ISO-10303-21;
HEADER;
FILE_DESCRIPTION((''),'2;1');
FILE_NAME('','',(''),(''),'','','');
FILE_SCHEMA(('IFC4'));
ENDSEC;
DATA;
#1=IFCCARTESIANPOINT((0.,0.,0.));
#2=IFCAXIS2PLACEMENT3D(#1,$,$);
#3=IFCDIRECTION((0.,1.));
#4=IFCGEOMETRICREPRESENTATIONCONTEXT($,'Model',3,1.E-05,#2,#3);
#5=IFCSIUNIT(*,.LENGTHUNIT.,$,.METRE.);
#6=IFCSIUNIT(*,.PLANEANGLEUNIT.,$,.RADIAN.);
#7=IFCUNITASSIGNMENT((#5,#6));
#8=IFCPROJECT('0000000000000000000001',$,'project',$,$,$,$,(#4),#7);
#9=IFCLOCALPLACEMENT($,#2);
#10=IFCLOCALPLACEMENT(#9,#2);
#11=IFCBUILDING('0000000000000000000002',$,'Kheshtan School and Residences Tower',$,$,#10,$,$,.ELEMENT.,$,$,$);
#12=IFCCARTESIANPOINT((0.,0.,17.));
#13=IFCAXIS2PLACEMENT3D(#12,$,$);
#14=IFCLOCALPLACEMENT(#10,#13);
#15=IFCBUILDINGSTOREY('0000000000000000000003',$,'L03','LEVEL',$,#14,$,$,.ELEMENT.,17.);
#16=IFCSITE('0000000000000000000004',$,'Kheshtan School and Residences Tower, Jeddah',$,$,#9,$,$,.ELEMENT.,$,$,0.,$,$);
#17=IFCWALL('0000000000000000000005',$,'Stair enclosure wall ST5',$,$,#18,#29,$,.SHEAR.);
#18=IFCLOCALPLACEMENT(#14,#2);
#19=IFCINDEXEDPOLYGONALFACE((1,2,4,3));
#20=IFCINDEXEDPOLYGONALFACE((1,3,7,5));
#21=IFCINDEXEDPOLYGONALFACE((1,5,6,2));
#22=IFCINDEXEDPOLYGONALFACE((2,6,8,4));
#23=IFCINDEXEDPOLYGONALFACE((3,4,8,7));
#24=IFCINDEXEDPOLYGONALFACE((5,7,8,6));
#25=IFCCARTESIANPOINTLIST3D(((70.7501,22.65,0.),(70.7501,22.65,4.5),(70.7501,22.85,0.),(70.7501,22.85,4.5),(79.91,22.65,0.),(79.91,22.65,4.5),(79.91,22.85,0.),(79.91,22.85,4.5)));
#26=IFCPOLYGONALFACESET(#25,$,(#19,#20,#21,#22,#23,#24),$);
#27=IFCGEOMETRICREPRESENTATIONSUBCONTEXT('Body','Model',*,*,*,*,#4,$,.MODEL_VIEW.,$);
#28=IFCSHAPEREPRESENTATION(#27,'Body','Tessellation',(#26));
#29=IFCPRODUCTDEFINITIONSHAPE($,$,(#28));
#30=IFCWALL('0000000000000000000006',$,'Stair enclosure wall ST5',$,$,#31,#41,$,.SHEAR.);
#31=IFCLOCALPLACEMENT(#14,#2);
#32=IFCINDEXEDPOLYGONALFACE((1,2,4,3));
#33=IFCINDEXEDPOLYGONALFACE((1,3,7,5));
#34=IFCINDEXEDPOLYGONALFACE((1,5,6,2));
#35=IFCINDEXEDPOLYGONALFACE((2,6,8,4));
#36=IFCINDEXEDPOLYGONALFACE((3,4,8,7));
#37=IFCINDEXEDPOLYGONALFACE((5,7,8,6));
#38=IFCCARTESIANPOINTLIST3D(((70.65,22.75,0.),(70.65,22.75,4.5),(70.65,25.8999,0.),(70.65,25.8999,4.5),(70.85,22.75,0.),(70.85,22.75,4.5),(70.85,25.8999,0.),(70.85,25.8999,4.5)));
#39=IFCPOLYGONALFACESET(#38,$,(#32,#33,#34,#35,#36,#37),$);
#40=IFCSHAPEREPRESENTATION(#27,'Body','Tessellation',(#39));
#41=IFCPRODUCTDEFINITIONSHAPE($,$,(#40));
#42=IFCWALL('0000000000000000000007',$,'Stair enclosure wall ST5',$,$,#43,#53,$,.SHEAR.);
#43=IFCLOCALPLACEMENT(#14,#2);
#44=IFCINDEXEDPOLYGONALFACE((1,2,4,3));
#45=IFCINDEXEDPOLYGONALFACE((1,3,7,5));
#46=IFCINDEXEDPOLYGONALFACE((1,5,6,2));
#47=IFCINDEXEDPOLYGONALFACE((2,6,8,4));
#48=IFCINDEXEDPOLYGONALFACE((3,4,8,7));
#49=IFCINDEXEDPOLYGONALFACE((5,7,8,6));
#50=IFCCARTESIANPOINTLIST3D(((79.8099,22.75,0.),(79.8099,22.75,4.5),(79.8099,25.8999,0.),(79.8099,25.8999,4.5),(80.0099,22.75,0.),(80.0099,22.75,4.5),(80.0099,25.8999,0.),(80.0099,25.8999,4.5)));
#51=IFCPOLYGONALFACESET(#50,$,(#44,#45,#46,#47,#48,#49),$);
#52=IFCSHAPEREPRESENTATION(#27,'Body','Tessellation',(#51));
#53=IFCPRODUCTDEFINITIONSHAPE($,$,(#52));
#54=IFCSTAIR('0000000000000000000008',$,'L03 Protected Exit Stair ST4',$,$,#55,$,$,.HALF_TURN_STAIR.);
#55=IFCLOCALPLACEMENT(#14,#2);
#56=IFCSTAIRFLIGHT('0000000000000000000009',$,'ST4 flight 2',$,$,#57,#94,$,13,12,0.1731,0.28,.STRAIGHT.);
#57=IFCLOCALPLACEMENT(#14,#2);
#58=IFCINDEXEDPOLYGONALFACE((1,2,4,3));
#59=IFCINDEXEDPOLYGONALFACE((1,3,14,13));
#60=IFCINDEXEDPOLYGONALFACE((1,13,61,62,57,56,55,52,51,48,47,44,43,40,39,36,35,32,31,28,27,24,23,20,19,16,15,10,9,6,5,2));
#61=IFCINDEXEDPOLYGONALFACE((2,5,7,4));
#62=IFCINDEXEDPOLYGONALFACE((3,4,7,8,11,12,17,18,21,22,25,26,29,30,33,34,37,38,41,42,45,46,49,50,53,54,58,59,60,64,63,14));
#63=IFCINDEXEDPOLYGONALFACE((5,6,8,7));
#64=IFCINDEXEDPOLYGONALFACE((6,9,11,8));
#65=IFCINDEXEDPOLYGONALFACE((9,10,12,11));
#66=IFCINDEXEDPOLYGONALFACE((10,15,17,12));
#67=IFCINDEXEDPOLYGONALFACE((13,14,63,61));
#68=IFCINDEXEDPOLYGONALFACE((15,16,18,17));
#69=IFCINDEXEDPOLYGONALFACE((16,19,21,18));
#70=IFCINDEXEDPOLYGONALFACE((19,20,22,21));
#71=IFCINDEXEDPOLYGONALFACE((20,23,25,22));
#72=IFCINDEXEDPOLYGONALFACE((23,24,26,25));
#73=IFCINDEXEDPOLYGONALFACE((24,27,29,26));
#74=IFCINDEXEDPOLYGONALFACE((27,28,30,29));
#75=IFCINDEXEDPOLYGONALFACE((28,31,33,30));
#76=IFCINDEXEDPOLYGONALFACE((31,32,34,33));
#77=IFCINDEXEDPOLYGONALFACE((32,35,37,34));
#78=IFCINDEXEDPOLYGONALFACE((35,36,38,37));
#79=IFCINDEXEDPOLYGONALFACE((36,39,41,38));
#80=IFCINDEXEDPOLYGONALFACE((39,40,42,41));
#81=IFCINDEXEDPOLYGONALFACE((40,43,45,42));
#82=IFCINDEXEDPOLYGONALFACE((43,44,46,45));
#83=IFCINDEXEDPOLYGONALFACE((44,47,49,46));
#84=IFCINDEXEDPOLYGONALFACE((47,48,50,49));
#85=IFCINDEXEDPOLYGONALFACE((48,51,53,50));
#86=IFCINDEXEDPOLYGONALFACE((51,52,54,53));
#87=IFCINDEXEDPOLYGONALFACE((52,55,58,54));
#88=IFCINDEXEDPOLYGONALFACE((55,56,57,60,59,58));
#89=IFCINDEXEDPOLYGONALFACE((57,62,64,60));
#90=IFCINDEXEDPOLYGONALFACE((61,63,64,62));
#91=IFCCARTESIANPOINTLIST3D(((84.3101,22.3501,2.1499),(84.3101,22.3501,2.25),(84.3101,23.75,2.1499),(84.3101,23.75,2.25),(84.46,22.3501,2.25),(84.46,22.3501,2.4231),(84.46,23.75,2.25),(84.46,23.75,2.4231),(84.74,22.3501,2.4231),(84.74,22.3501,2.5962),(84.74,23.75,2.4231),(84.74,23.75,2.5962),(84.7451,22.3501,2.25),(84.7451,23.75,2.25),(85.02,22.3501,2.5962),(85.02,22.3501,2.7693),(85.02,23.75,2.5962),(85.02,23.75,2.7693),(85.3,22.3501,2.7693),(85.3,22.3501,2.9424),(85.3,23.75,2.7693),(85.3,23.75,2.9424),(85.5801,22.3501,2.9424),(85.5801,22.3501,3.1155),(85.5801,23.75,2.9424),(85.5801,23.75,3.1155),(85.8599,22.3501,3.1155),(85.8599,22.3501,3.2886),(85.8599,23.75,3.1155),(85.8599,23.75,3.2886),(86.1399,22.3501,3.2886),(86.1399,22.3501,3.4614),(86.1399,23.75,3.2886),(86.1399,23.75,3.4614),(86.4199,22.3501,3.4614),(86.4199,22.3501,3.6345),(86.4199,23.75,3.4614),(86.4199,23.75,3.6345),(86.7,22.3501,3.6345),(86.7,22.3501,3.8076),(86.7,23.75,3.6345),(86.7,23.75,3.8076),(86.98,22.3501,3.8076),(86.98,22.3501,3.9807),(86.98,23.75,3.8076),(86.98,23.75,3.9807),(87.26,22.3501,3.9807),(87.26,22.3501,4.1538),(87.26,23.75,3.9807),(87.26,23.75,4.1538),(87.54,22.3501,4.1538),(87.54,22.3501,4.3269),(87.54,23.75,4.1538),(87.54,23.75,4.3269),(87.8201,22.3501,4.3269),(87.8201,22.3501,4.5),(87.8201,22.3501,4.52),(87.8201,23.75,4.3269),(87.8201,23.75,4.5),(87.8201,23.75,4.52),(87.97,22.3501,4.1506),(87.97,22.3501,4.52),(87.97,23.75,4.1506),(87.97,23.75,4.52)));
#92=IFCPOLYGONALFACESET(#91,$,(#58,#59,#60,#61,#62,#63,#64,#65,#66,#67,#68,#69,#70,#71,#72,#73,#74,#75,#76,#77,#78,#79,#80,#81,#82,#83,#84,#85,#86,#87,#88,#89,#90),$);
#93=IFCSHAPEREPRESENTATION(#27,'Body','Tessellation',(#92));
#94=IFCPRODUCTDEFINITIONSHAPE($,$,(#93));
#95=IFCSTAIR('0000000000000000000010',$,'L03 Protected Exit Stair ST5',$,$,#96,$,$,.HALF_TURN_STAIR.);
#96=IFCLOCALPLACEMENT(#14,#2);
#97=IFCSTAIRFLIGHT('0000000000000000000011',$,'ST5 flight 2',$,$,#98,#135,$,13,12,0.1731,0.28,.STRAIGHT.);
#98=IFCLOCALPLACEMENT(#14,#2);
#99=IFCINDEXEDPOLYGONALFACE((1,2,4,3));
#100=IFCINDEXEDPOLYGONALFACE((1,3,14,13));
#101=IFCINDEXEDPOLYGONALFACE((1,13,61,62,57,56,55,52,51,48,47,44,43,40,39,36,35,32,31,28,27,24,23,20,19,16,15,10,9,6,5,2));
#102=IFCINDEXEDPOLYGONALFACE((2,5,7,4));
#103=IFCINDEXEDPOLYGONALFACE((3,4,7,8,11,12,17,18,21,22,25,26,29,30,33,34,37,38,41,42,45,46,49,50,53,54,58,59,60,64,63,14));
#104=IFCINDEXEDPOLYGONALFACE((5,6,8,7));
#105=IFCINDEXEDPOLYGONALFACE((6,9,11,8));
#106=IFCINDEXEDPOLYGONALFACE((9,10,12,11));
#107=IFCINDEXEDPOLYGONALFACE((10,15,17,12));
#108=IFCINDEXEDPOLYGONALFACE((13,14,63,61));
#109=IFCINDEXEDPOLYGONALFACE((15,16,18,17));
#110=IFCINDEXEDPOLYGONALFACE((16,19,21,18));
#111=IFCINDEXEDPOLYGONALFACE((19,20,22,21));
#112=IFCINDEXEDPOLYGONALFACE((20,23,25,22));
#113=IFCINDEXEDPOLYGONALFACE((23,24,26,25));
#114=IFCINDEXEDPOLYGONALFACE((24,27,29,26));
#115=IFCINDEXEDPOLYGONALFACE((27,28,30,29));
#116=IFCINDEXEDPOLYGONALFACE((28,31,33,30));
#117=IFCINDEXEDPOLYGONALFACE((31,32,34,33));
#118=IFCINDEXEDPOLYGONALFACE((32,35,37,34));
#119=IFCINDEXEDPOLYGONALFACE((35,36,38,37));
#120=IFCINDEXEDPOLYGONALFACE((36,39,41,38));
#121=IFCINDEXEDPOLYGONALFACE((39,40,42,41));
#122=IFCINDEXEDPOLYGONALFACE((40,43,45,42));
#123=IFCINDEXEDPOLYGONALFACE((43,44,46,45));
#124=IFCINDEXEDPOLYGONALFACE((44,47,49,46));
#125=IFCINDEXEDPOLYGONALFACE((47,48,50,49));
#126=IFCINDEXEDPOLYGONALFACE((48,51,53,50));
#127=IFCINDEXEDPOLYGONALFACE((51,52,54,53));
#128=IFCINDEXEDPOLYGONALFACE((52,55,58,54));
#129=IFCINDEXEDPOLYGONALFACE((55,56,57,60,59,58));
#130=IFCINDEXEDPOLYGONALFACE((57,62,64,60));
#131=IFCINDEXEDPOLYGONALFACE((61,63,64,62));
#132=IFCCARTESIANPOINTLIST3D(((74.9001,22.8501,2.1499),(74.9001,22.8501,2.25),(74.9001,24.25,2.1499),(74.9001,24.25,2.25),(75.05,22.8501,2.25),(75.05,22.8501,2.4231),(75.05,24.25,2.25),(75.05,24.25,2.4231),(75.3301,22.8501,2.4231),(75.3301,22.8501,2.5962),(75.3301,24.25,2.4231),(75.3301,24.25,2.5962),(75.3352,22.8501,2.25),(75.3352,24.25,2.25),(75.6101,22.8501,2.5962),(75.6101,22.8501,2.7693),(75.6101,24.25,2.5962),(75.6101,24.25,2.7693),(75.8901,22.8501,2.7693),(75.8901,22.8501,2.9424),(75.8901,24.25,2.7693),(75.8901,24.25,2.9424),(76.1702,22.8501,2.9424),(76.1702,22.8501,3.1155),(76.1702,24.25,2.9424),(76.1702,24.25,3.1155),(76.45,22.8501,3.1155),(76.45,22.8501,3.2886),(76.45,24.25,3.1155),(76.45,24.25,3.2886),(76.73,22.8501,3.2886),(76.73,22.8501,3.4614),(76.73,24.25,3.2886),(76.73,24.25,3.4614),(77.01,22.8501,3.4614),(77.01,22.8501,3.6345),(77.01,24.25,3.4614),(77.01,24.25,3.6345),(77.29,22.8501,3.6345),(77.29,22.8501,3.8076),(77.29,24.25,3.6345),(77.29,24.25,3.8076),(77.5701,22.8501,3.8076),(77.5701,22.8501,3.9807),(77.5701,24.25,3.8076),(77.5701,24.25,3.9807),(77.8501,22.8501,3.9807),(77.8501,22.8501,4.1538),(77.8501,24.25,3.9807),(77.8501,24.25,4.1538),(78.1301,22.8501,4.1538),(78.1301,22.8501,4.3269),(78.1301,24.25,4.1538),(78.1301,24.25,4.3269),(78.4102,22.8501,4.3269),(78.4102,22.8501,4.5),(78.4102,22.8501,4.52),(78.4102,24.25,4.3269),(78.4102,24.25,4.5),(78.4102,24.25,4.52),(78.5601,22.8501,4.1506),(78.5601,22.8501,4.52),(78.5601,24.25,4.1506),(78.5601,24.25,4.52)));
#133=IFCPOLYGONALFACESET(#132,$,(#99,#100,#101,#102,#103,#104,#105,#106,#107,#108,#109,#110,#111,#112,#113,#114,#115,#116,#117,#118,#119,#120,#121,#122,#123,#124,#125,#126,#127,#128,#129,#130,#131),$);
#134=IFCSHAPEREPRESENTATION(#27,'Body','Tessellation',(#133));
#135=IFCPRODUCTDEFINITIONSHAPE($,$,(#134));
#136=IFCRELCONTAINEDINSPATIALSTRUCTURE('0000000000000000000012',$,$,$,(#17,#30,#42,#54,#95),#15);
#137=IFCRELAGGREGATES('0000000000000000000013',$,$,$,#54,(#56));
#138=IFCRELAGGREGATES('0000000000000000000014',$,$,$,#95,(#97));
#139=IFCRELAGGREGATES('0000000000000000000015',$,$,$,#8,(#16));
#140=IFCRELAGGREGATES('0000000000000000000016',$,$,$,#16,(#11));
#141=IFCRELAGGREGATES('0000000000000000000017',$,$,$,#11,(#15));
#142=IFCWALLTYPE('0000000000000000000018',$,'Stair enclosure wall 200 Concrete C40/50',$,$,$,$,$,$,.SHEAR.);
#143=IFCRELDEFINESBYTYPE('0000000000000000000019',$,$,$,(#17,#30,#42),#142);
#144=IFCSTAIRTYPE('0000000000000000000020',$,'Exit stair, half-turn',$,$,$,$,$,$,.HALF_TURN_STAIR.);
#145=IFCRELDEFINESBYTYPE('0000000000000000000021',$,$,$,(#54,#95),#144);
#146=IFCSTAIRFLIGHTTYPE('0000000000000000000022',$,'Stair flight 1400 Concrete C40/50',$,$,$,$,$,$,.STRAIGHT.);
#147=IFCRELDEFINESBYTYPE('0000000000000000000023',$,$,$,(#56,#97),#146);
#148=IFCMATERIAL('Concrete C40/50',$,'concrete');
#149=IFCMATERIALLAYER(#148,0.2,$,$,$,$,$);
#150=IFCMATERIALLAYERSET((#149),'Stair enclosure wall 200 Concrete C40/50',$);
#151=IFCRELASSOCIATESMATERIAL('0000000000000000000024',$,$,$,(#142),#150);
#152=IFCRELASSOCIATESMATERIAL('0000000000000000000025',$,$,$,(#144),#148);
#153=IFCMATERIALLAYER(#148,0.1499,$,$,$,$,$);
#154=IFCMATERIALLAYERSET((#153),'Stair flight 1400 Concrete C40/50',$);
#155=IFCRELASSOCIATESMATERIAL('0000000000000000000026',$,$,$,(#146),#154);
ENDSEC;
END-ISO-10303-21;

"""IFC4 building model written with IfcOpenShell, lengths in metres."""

from ifc_helpers import new_model, si_unit, direction, frame, frame_2d, origin, place, context, subcontext, project, spatial, polyline, rectangle, outline, extrude, material, layer, layer_set, type_object, element, aggregate, save


model = new_model("IFC4")

# Units and contexts
model_context = context("Model", 3, precision=1e-05, world=origin(), true_north=direction((0.0, 1.0)))
body_context = subcontext(model_context, "Body", "Model", "MODEL_VIEW")
ifc_project = project(units=[si_unit("LENGTHUNIT", "METRE"), si_unit("PLANEANGLEUNIT", "RADIAN")], contexts=[model_context])

# Site, building, storey
site_placement = place(None, origin())
site = spatial("IfcSite", under=ifc_project, at=site_placement, Name="Kheshtan School and Residences Tower, Jeddah", CompositionType="ELEMENT", RefElevation=0.0)
building_placement = place(site_placement, origin())
building = spatial("IfcBuilding", under=site, at=building_placement, Name="Kheshtan School and Residences Tower", CompositionType="ELEMENT")
storey_placement = place(building_placement, frame((0.0, 0.0, 17.0)))
storey = spatial("IfcBuildingStorey", under=building, at=storey_placement, Name="L03", Description="LEVEL", CompositionType="ELEMENT", Elevation=17.0)

# Walls
ifc_material_1 = material(Name="Concrete C40/50", Category="concrete")
ifc_layer_1 = layer(ifc_material_1, 0.2)
ifc_layer_set_1 = layer_set([ifc_layer_1], Name="Stair enclosure wall 200 Concrete C40/50")
wall_type_1 = type_object("IfcWallType", Name="Stair enclosure wall 200 Concrete C40/50", PredefinedType="SHEAR", material=ifc_layer_set_1)
wall_1_placement = place(storey_placement, frame((70.75, 22.75, 0.0), z_axis=(0.0, 0.0, 1.0), x_axis=(1.0, 0.0, 0.0)))
element("IfcWall", 1, at=wall_1_placement, inside=storey, type_object=wall_type_1, Name="Stair enclosure wall ST5", PredefinedType="SHEAR", context=body_context, shape_type="SweptSolid", body=[
    extrude(rectangle(XDim=9.1599, YDim=0.2, at=frame_2d((4.5801, 0.0))), origin(), (0.0, 0.0, 1.0), 4.5),
])
for number, where, z_axis, x_axis, name in (
    (2, (70.75, 22.75, 0.0), (0.0, 0.0, 1.0), (0.0, 1.0, 0.0), "Stair enclosure wall ST5"),
    (3, (79.9099, 22.75, 0.0), (0.0, 0.0, 1.0), (0.0, 1.0, 0.0), "Stair enclosure wall ST5"),
):
    element("IfcWall", number, at=place(storey_placement, frame(where, z_axis=z_axis, x_axis=x_axis)), inside=storey, type_object=wall_type_1, Name=name, PredefinedType="SHEAR", context=body_context, shape_type="SweptSolid", body=[
        extrude(rectangle(XDim=3.1499, YDim=0.2, at=frame_2d((1.575, 0.0))), origin(), (0.0, 0.0, 1.0), 4.5),
    ])

# Stairs, stair flights
stair_type = type_object("IfcStairType", Name="Exit stair, half-turn", PredefinedType="HALF_TURN_STAIR", material=ifc_material_1)
stair_1_placement = place(storey_placement, origin())
stair_1 = element("IfcStair", 4, at=stair_1_placement, inside=storey, type_object=stair_type, Name="L03 Protected Exit Stair ST4", PredefinedType="HALF_TURN_STAIR")
ifc_layer_2 = layer(ifc_material_1, 0.1499)
ifc_layer_set_2 = layer_set([ifc_layer_2], Name="Stair flight 1400 Concrete C40/50")
stair_flight_type = type_object("IfcStairFlightType", Name="Stair flight 1400 Concrete C40/50", PredefinedType="STRAIGHT", material=ifc_layer_set_2)
stair_flight_1_placement = place(storey_placement, frame((84.46, 23.05, 2.25), z_axis=(0.0, 0.0, 1.0), x_axis=(1.0, 0.0, 0.0)))
stair_flight_1 = element("IfcStairFlight", 5, at=stair_flight_1_placement, type_object=stair_flight_type, Name="ST4 flight 2", NumberOfRisers=13, NumberOfTreads=12, PredefinedType="STRAIGHT", RiserHeight=0.1731, TreadLength=0.28, context=body_context, shape_type="SweptSolid", body=[
    extrude(outline(polyline([(-0.1499, -0.1001), (-0.1499, 0.0), (0.0, 0.0), (0.0, 0.1731), (0.28, 0.1731), (0.28, 0.3462), (0.5601, 0.3462), (0.5601, 0.5193), (0.8401, 0.5193), (0.8401, 0.6924), (1.1201, 0.6924), (1.1201, 0.8655), (1.3999, 0.8655), (1.3999, 1.0386), (1.6799, 1.0386), (1.6799, 1.2114), (1.96, 1.2114), (1.96, 1.3845), (2.24, 1.3845), (2.24, 1.5576), (2.52, 1.5576), (2.52, 1.7307), (2.8, 1.7307), (2.8, 1.9038), (3.0801, 1.9038), (3.0801, 2.0769), (3.3601, 2.0769), (3.3601, 2.25), (3.3601, 2.27), (3.51, 2.27), (3.51, 1.9006), (0.2852, 0.0), (-0.1499, -0.1001)])), frame((0.0, 0.7, 0.0), z_axis=(0.0, -1.0, 0.0), x_axis=(1.0, 0.0, 0.0)), (0.0, 0.0, 1.0), 1.3999),
])
aggregate(stair_1, [stair_flight_1])
stair_2_placement = place(storey_placement, origin())
stair_2 = element("IfcStair", 6, at=stair_2_placement, inside=storey, type_object=stair_type, Name="L03 Protected Exit Stair ST5", PredefinedType="HALF_TURN_STAIR")
stair_flight_2_placement = place(storey_placement, frame((75.05, 23.55, 2.25), z_axis=(0.0, 0.0, 1.0), x_axis=(1.0, 0.0, 0.0)))
stair_flight_2 = element("IfcStairFlight", 7, at=stair_flight_2_placement, type_object=stair_flight_type, Name="ST5 flight 2", NumberOfRisers=13, NumberOfTreads=12, PredefinedType="STRAIGHT", RiserHeight=0.1731, TreadLength=0.28, context=body_context, shape_type="SweptSolid", body=[
    extrude(outline(polyline([(-0.1499, -0.1001), (-0.1499, 0.0), (0.0, 0.0), (0.0, 0.1731), (0.28, 0.1731), (0.28, 0.3462), (0.5601, 0.3462), (0.5601, 0.5193), (0.8401, 0.5193), (0.8401, 0.6924), (1.1201, 0.6924), (1.1201, 0.8655), (1.3999, 0.8655), (1.3999, 1.0386), (1.6799, 1.0386), (1.6799, 1.2114), (1.96, 1.2114), (1.96, 1.3845), (2.24, 1.3845), (2.24, 1.5576), (2.52, 1.5576), (2.52, 1.7307), (2.8, 1.7307), (2.8, 1.9038), (3.0801, 1.9038), (3.0801, 2.0769), (3.3601, 2.0769), (3.3601, 2.25), (3.3601, 2.27), (3.51, 2.27), (3.51, 1.9006), (0.2852, 0.0), (-0.1499, -0.1001)])), frame((0.0, 0.7, 0.0), z_axis=(0.0, -1.0, 0.0), x_axis=(1.0, 0.0, 0.0)), (0.0, 0.0, 1.0), 1.3999),
])
aggregate(stair_2, [stair_flight_2])

save(model, "model.ifc")
